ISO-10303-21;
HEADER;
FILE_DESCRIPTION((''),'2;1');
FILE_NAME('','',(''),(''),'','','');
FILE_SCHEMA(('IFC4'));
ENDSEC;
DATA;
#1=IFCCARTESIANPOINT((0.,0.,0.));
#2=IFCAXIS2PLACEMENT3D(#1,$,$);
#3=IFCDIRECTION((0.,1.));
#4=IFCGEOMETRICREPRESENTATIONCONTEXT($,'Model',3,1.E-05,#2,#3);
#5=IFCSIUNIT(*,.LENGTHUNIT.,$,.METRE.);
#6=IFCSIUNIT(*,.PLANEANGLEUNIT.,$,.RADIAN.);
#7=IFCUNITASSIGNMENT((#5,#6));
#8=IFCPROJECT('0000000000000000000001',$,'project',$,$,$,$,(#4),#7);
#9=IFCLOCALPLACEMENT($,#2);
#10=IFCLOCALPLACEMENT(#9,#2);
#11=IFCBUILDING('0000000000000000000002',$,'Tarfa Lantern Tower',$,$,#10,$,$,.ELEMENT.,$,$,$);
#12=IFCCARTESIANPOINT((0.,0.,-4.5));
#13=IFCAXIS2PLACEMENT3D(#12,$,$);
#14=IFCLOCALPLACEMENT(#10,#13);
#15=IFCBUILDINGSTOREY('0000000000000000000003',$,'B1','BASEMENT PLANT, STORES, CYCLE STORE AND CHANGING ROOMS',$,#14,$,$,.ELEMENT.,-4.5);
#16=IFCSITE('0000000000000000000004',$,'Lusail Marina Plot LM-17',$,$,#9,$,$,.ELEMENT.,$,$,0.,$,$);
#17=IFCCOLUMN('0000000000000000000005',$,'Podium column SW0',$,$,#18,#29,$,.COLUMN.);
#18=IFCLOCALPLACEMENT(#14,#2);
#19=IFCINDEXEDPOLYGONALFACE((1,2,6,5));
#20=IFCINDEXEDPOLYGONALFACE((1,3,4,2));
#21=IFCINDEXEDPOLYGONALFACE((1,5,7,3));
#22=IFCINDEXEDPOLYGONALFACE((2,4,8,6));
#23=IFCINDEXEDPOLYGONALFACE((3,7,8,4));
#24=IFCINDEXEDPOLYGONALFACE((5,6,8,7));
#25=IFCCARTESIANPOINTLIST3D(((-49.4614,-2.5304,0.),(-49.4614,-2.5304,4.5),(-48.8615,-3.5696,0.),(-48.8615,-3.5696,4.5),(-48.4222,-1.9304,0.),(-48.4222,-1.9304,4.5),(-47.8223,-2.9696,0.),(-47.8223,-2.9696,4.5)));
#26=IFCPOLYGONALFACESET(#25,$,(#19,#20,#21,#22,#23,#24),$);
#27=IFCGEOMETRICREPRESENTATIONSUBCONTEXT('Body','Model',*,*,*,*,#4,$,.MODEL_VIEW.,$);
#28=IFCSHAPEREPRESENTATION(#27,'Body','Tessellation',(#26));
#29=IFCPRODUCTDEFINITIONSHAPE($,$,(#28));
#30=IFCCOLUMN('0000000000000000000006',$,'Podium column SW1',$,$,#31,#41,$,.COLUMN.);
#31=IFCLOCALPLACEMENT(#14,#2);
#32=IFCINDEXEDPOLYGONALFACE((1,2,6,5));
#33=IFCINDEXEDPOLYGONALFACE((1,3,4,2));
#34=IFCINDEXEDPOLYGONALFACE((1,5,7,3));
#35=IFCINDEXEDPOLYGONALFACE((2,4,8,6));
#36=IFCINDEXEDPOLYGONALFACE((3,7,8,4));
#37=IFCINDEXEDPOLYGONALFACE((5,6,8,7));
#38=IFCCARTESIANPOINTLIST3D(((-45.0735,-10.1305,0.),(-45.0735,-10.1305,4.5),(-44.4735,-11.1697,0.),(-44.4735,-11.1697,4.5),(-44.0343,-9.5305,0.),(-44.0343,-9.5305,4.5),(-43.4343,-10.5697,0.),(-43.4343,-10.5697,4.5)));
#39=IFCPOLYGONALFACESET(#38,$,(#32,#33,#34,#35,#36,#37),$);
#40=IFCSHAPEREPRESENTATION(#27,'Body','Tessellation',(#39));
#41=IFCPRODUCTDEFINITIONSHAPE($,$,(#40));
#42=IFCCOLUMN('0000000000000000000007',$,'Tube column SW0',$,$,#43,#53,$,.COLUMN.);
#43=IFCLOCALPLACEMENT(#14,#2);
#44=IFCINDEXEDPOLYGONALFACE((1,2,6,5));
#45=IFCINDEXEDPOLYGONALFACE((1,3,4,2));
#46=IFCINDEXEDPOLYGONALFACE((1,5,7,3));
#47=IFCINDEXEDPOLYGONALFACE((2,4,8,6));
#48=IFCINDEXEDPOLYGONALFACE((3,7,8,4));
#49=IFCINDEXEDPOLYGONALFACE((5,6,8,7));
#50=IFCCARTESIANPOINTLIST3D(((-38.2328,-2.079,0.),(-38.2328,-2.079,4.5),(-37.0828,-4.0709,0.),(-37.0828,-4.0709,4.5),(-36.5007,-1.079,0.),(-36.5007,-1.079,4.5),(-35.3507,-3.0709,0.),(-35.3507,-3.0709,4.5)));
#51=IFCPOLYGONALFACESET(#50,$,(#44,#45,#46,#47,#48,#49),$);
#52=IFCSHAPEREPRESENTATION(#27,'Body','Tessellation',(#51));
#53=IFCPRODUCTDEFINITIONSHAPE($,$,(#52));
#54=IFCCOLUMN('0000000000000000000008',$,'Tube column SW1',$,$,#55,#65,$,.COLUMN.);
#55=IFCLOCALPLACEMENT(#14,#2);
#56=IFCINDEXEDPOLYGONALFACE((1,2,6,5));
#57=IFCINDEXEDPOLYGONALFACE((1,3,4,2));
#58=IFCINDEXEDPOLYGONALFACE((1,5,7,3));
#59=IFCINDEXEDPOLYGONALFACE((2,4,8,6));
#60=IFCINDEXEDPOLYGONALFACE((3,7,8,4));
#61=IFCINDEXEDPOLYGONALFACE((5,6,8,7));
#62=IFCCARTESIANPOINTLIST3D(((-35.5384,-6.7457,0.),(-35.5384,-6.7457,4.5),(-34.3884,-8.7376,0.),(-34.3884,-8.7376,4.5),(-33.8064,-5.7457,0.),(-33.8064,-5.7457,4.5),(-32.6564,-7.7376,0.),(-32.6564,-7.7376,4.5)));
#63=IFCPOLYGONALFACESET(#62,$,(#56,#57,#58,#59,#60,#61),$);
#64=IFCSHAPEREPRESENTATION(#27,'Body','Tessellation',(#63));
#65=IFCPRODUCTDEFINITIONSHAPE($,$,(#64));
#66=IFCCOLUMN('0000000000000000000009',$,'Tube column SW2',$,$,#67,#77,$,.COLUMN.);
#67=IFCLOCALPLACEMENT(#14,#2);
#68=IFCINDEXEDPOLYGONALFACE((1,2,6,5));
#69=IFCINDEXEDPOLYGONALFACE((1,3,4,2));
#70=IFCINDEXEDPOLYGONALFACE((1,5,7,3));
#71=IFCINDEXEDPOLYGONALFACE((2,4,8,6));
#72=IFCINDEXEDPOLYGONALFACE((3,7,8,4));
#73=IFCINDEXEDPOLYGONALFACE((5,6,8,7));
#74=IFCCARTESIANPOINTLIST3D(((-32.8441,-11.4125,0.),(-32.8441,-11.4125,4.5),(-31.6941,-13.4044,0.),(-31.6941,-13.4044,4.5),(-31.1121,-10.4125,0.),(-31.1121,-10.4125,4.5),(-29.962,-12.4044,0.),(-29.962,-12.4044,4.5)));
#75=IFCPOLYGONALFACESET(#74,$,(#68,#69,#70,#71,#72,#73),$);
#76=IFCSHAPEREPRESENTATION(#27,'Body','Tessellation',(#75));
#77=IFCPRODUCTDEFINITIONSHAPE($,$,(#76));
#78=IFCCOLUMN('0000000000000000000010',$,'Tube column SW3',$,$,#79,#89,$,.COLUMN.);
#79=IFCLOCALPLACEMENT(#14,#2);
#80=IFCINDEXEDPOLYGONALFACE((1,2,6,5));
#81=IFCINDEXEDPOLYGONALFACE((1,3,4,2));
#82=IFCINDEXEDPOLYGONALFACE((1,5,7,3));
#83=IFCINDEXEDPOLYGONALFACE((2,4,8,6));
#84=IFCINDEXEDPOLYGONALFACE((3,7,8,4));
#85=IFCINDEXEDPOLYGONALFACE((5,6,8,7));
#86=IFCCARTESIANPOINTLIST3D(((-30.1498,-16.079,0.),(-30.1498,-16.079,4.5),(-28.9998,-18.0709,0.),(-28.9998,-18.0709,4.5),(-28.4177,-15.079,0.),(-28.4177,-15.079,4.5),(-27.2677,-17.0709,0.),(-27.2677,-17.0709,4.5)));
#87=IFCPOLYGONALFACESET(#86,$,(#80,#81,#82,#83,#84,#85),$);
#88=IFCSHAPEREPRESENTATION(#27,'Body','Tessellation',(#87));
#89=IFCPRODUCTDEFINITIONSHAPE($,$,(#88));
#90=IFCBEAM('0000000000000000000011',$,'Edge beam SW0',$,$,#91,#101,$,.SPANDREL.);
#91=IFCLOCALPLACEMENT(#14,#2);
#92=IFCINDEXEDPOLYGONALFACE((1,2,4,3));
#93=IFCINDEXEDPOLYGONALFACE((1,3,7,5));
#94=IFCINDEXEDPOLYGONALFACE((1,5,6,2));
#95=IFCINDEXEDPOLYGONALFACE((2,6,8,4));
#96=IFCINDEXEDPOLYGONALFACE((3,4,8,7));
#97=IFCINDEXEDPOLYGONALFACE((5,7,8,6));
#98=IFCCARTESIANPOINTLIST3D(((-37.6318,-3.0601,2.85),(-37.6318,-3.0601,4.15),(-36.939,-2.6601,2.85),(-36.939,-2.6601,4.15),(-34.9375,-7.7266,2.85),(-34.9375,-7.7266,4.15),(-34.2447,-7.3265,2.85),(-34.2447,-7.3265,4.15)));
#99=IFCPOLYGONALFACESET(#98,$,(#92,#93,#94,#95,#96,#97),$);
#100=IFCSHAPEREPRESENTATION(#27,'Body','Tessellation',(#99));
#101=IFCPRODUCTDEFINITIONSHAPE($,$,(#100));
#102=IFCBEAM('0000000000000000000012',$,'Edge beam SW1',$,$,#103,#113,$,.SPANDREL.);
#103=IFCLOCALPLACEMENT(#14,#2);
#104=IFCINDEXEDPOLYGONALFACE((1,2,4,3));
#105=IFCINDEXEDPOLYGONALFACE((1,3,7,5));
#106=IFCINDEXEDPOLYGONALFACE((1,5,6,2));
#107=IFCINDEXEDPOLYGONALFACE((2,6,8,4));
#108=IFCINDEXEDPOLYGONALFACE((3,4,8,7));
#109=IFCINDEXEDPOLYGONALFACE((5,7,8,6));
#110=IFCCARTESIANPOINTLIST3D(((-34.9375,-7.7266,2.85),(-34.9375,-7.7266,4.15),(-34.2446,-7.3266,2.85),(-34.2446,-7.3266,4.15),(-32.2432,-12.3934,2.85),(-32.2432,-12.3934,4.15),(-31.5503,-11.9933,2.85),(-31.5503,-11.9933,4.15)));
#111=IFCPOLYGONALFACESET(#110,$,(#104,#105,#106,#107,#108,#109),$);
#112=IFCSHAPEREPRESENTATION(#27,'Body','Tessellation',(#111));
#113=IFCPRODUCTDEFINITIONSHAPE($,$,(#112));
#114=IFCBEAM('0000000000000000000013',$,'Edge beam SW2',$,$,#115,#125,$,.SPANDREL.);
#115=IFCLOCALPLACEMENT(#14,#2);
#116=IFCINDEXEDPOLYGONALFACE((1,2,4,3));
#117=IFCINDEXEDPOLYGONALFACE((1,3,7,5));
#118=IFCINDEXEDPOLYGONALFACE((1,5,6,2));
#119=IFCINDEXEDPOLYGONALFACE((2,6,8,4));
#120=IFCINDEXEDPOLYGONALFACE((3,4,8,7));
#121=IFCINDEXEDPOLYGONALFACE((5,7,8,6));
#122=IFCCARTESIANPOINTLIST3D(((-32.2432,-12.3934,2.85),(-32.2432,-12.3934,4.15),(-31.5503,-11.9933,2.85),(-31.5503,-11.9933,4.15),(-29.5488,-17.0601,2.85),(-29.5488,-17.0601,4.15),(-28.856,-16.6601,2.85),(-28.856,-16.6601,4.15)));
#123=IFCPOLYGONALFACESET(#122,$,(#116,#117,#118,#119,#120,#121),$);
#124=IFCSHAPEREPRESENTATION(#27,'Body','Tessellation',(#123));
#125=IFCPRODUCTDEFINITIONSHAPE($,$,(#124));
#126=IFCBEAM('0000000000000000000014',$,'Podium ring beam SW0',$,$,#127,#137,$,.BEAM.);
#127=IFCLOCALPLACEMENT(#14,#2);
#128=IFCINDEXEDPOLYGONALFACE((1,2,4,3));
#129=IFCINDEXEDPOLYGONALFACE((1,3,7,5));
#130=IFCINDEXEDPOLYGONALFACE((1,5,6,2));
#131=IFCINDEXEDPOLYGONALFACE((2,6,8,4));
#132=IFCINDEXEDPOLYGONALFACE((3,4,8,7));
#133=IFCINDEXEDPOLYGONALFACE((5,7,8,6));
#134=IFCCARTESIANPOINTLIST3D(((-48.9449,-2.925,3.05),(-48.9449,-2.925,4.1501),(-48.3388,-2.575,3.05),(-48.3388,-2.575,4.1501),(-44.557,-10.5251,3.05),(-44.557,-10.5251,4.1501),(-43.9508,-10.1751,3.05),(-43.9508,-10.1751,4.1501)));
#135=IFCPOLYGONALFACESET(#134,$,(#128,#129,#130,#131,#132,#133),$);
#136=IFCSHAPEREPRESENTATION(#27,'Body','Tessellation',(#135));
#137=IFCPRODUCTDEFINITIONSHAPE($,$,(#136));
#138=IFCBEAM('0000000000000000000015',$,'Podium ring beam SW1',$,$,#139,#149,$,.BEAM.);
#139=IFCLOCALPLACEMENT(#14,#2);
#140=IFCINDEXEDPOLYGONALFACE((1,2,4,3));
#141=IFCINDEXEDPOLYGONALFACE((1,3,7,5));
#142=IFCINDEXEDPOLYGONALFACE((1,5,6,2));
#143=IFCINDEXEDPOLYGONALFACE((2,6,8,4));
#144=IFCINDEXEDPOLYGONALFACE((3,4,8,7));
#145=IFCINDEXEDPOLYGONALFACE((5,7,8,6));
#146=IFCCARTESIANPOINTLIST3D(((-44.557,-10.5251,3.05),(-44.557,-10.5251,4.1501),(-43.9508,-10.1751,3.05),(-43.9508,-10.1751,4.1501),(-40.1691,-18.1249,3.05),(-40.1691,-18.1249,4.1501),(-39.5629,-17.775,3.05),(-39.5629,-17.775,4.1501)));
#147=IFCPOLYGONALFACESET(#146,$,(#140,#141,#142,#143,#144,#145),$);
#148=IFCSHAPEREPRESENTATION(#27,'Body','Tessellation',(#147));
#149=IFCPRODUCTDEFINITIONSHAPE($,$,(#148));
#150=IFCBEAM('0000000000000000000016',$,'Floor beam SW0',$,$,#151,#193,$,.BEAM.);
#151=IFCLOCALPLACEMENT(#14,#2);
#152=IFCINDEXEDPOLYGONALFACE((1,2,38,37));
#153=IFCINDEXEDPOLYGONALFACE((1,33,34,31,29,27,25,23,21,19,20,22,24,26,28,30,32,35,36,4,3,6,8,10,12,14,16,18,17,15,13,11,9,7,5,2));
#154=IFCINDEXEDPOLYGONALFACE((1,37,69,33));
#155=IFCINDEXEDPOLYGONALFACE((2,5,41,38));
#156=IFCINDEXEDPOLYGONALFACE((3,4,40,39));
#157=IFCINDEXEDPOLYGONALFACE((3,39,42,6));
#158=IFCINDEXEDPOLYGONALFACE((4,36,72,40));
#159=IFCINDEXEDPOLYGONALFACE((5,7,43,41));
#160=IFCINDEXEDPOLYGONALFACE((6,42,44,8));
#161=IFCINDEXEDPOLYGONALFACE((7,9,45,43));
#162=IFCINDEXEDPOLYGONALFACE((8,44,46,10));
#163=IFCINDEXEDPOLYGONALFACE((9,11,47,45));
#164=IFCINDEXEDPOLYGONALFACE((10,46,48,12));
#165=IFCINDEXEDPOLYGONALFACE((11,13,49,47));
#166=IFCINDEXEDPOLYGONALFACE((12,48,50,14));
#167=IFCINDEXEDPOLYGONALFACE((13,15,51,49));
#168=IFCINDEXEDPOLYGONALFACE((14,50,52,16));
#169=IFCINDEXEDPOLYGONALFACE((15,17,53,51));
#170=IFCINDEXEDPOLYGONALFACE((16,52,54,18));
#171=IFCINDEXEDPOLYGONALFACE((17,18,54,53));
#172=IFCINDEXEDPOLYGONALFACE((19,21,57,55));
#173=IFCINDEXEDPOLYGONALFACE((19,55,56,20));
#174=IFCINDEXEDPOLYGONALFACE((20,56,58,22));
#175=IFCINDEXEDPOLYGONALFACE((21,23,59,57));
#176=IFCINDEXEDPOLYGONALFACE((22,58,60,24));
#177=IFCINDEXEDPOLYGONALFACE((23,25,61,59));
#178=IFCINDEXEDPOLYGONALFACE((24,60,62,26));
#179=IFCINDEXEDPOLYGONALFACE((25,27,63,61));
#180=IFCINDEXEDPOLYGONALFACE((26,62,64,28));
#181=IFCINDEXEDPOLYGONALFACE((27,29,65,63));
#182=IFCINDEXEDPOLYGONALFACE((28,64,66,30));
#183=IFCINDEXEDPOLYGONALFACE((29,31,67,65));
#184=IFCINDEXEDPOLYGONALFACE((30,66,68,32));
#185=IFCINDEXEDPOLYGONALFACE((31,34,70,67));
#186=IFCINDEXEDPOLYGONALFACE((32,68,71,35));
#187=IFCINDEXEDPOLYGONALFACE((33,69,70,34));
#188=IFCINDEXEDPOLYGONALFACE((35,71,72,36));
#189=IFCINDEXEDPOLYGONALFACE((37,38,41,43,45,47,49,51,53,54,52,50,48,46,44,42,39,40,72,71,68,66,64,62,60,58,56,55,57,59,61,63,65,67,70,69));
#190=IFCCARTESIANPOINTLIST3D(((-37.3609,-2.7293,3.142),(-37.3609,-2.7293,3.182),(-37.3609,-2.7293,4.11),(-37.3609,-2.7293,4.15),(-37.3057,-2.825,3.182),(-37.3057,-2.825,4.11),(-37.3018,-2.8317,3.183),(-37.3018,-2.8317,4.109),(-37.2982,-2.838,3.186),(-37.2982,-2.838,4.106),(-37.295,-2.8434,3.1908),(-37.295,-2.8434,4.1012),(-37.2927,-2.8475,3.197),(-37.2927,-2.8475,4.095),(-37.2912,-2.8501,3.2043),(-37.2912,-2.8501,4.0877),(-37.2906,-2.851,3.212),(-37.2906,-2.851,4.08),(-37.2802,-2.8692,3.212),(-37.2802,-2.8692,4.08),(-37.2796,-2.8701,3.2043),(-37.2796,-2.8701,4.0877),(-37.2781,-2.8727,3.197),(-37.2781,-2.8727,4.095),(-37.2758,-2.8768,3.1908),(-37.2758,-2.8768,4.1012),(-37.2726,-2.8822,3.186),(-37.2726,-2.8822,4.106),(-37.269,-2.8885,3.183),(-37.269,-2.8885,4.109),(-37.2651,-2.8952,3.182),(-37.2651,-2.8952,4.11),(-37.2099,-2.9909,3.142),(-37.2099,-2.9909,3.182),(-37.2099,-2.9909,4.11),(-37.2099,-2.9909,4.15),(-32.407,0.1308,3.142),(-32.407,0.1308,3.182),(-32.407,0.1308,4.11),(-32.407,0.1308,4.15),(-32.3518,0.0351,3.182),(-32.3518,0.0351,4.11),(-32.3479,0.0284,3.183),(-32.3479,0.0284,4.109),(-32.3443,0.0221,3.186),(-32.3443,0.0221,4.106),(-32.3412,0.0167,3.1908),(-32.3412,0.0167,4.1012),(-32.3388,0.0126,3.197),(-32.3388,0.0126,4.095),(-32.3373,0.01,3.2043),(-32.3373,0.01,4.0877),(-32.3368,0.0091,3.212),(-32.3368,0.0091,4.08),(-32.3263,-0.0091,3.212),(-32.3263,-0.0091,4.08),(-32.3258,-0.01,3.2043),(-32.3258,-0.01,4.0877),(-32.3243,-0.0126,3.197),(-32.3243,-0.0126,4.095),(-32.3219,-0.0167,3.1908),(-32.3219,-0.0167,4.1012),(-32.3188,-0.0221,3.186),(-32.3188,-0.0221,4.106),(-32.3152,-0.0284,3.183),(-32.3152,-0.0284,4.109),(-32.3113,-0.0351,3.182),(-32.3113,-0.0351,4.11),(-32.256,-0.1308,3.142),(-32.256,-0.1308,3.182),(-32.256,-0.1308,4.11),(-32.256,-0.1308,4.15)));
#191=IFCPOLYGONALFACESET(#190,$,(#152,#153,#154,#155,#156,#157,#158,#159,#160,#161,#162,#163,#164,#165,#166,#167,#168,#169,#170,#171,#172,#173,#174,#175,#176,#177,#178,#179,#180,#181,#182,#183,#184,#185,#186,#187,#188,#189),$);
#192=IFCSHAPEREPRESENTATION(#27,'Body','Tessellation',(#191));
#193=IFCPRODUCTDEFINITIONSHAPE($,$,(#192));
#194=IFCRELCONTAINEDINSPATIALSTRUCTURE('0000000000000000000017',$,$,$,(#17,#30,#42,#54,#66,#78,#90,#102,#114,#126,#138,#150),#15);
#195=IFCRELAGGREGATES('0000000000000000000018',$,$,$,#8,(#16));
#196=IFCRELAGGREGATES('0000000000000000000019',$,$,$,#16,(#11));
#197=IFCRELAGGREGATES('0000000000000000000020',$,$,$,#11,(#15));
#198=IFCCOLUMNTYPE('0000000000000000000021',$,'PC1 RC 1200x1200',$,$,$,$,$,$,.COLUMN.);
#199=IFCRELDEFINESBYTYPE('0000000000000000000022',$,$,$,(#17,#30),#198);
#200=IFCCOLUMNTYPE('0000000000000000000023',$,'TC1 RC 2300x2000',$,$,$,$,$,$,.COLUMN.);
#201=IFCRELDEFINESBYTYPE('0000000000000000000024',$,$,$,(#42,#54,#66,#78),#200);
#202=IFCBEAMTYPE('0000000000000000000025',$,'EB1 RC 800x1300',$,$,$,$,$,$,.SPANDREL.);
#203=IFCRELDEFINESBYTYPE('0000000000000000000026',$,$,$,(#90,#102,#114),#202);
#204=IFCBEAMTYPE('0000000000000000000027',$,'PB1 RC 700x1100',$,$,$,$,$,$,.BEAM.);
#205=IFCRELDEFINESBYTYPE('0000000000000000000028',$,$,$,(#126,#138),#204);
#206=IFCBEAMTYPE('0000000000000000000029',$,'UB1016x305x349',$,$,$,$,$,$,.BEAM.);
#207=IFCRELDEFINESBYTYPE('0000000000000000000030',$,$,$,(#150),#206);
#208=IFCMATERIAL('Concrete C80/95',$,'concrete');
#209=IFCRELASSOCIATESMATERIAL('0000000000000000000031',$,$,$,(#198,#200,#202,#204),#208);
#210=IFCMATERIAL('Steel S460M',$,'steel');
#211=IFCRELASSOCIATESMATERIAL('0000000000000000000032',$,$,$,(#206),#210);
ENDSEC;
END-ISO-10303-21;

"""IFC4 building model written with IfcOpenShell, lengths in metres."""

from ifc_helpers import new_model, si_unit, direction, frame, origin, origin_2d, place, context, subcontext, project, spatial, rectangle, i_section, extrude, material, material_profile, profile_set, type_object, element, save


model = new_model("IFC4")

# Units and contexts
model_context = context("Model", 3, precision=1e-05, world=origin(), true_north=direction((0.0, 1.0)))
body_context = subcontext(model_context, "Body", "Model", "MODEL_VIEW")
ifc_project = project(units=[si_unit("LENGTHUNIT", "METRE"), si_unit("PLANEANGLEUNIT", "RADIAN")], contexts=[model_context])

# Site, building, storey
site_placement = place(None, origin())
site = spatial("IfcSite", under=ifc_project, at=site_placement, Name="Lusail Marina Plot LM-17", CompositionType="ELEMENT", RefElevation=0.0)
building_placement = place(site_placement, origin())
building = spatial("IfcBuilding", under=site, at=building_placement, Name="Tarfa Lantern Tower", CompositionType="ELEMENT")
storey_placement = place(building_placement, frame((0.0, 0.0, -4.5)))
storey = spatial("IfcBuildingStorey", under=building, at=storey_placement, Name="B1", Description="BASEMENT PLANT, STORES, CYCLE STORE AND CHANGING ROOMS", CompositionType="ELEMENT", Elevation=-4.5)

# Columns
ifc_material_1 = material(Name="Concrete C80/95", Category="concrete")
ifc_material_profile_1 = material_profile(ifc_material_1, rectangle(XDim=1.2, YDim=1.2, at=origin_2d()), Name="RC 1200x1200")
ifc_profile_set_1 = profile_set([ifc_material_profile_1], Name="Concrete C80/95")
column_type_1 = type_object("IfcColumnType", Name="PC1 RC 1200x1200", PredefinedType="COLUMN", material=ifc_profile_set_1)
for number, where, z_axis, x_axis, name in (
    (1, (-48.6418, -2.75, 0.0), (0.0, 0.0, 1.0), (0.5, -0.866025, 0.0), "Podium column SW0"),
    (2, (-44.2539, -10.3501, 0.0), (0.0, 0.0, 1.0), (0.5, -0.866025, 0.0), "Podium column SW1"),
):
    element("IfcColumn", number, at=place(storey_placement, frame(where, z_axis=z_axis, x_axis=x_axis)), inside=storey, type_object=column_type_1, Name=name, PredefinedType="COLUMN", context=body_context, shape_type="SweptSolid", body=[
        extrude(rectangle(XDim=1.2, YDim=1.2, at=origin_2d()), origin(), (0.0, 0.0, 1.0), 4.5),
    ])
ifc_material_profile_2 = material_profile(ifc_material_1, rectangle(XDim=2.3, YDim=2.0, at=origin_2d()), Name="RC 2300x2000")
ifc_profile_set_2 = profile_set([ifc_material_profile_2], Name="Concrete C80/95")
column_type_2 = type_object("IfcColumnType", Name="TC1 RC 2300x2000", PredefinedType="COLUMN", material=ifc_profile_set_2)
for number, where, z_axis, x_axis, name in (
    (3, (-36.7917, -2.575, 0.0), (0.0, 0.0, 1.0), (0.5, -0.866025, 0.0), "Tube column SW0"),
    (4, (-34.0974, -7.2417, 0.0), (0.0, 0.0, 1.0), (0.5, -0.866025, 0.0), "Tube column SW1"),
    (5, (-31.4031, -11.9084, 0.0), (0.0, 0.0, 1.0), (0.5, -0.866025, 0.0), "Tube column SW2"),
    (6, (-28.7087, -16.575, 0.0), (0.0, 0.0, 1.0), (0.5, -0.866025, 0.0), "Tube column SW3"),
):
    element("IfcColumn", number, at=place(storey_placement, frame(where, z_axis=z_axis, x_axis=x_axis)), inside=storey, type_object=column_type_2, Name=name, PredefinedType="COLUMN", context=body_context, shape_type="SweptSolid", body=[
        extrude(rectangle(XDim=2.3, YDim=2.0, at=origin_2d()), origin(), (0.0, 0.0, 1.0), 4.5),
    ])

# Beams
ifc_material_profile_3 = material_profile(ifc_material_1, rectangle(XDim=0.8, YDim=1.3, at=origin_2d()), Name="RC 800x1300")
ifc_profile_set_3 = profile_set([ifc_material_profile_3], Name="Concrete C80/95")
beam_type_1 = type_object("IfcBeamType", Name="EB1 RC 800x1300", PredefinedType="SPANDREL", material=ifc_profile_set_3)
beam_1_placement = place(storey_placement, frame((-37.2854, -2.8601, 3.5), z_axis=(0.500018, -0.866015, 0.0), x_axis=(0.866015, 0.500018, 0.0)))
element("IfcBeam", 7, at=beam_1_placement, inside=storey, type_object=beam_type_1, Name="Edge beam SW0", PredefinedType="SPANDREL", context=body_context, shape_type="SweptSolid", body=[
    extrude(rectangle(XDim=0.8, YDim=1.3, at=origin_2d()), origin(), (0.0, 0.0, 1.0), 5.3884),
])
for number, where, z_axis, x_axis, name in (
    (8, (-34.5911, -7.5266, 3.5), (0.499998, -0.866026, 0.0), (0.866026, 0.499998, 0.0), "Edge beam SW1"),
    (9, (-31.8967, -12.1934, 3.5), (0.499998, -0.866026, 0.0), (0.866026, 0.499998, 0.0), "Edge beam SW2"),
):
    element("IfcBeam", number, at=place(storey_placement, frame(where, z_axis=z_axis, x_axis=x_axis)), inside=storey, type_object=beam_type_1, Name=name, PredefinedType="SPANDREL", context=body_context, shape_type="SweptSolid", body=[
        extrude(rectangle(XDim=0.8, YDim=1.3, at=origin_2d()), origin(), (0.0, 0.0, 1.0), 5.3887),
    ])
ifc_material_profile_4 = material_profile(ifc_material_1, rectangle(XDim=0.7, YDim=1.1001, at=origin_2d()), Name="RC 700x1100")
ifc_profile_set_4 = profile_set([ifc_material_profile_4], Name="Concrete C80/95")
beam_type_2 = type_object("IfcBeamType", Name="PB1 RC 700x1100", PredefinedType="BEAM", material=ifc_profile_set_4)
beam_2_placement = place(storey_placement, frame((-48.6418, -2.75, 3.6001), z_axis=(0.500002, -0.866024, 0.0), x_axis=(0.866024, 0.500002, 0.0)))
element("IfcBeam", 10, at=beam_2_placement, inside=storey, type_object=beam_type_2, Name="Podium ring beam SW0", PredefinedType="BEAM", context=body_context, shape_type="SweptSolid", body=[
    extrude(rectangle(XDim=0.7, YDim=1.1001, at=origin_2d()), origin(), (0.0, 0.0, 1.0), 8.7759),
])
beam_3_placement = place(storey_placement, frame((-44.2539, -10.3501, 3.6001), z_axis=(0.500014, -0.866017, 0.0), x_axis=(0.866017, 0.500014, 0.0)))
element("IfcBeam", 11, at=beam_3_placement, inside=storey, type_object=beam_type_2, Name="Podium ring beam SW1", PredefinedType="BEAM", context=body_context, shape_type="SweptSolid", body=[
    extrude(rectangle(XDim=0.7, YDim=1.1001, at=origin_2d()), origin(), (0.0, 0.0, 1.0), 8.7756),
])
ifc_material_2 = material(Name="Steel S460M", Category="steel")
ifc_material_profile_5 = material_profile(ifc_material_2, i_section(OverallWidth=0.302, OverallDepth=1.0081, WebThickness=0.021, FlangeThickness=0.04, FilletRadius=0.03, at=origin_2d()), Name="UB1016x305x349")
ifc_profile_set_5 = profile_set([ifc_material_profile_5], Name="Steel S460M")
beam_type_3 = type_object("IfcBeamType", Name="UB1016x305x349", PredefinedType="BEAM", material=ifc_profile_set_5)
beam_4_placement = place(storey_placement, frame((-37.2854, -2.8601, 3.646), z_axis=(0.866026, 0.5, 0.0), x_axis=(-0.5, 0.866026, 0.0)))
element("IfcBeam", 12, at=beam_4_placement, inside=storey, type_object=beam_type_3, Name="Floor beam SW0", PredefinedType="BEAM", context=body_context, shape_type="SweptSolid", body=[
    extrude(i_section(OverallWidth=0.302, OverallDepth=1.0081, WebThickness=0.021, FlangeThickness=0.04, FilletRadius=0.03, at=origin_2d()), origin(), (0.0, 0.0, 1.0), 5.7202),
])

save(model, "model.ifc")
